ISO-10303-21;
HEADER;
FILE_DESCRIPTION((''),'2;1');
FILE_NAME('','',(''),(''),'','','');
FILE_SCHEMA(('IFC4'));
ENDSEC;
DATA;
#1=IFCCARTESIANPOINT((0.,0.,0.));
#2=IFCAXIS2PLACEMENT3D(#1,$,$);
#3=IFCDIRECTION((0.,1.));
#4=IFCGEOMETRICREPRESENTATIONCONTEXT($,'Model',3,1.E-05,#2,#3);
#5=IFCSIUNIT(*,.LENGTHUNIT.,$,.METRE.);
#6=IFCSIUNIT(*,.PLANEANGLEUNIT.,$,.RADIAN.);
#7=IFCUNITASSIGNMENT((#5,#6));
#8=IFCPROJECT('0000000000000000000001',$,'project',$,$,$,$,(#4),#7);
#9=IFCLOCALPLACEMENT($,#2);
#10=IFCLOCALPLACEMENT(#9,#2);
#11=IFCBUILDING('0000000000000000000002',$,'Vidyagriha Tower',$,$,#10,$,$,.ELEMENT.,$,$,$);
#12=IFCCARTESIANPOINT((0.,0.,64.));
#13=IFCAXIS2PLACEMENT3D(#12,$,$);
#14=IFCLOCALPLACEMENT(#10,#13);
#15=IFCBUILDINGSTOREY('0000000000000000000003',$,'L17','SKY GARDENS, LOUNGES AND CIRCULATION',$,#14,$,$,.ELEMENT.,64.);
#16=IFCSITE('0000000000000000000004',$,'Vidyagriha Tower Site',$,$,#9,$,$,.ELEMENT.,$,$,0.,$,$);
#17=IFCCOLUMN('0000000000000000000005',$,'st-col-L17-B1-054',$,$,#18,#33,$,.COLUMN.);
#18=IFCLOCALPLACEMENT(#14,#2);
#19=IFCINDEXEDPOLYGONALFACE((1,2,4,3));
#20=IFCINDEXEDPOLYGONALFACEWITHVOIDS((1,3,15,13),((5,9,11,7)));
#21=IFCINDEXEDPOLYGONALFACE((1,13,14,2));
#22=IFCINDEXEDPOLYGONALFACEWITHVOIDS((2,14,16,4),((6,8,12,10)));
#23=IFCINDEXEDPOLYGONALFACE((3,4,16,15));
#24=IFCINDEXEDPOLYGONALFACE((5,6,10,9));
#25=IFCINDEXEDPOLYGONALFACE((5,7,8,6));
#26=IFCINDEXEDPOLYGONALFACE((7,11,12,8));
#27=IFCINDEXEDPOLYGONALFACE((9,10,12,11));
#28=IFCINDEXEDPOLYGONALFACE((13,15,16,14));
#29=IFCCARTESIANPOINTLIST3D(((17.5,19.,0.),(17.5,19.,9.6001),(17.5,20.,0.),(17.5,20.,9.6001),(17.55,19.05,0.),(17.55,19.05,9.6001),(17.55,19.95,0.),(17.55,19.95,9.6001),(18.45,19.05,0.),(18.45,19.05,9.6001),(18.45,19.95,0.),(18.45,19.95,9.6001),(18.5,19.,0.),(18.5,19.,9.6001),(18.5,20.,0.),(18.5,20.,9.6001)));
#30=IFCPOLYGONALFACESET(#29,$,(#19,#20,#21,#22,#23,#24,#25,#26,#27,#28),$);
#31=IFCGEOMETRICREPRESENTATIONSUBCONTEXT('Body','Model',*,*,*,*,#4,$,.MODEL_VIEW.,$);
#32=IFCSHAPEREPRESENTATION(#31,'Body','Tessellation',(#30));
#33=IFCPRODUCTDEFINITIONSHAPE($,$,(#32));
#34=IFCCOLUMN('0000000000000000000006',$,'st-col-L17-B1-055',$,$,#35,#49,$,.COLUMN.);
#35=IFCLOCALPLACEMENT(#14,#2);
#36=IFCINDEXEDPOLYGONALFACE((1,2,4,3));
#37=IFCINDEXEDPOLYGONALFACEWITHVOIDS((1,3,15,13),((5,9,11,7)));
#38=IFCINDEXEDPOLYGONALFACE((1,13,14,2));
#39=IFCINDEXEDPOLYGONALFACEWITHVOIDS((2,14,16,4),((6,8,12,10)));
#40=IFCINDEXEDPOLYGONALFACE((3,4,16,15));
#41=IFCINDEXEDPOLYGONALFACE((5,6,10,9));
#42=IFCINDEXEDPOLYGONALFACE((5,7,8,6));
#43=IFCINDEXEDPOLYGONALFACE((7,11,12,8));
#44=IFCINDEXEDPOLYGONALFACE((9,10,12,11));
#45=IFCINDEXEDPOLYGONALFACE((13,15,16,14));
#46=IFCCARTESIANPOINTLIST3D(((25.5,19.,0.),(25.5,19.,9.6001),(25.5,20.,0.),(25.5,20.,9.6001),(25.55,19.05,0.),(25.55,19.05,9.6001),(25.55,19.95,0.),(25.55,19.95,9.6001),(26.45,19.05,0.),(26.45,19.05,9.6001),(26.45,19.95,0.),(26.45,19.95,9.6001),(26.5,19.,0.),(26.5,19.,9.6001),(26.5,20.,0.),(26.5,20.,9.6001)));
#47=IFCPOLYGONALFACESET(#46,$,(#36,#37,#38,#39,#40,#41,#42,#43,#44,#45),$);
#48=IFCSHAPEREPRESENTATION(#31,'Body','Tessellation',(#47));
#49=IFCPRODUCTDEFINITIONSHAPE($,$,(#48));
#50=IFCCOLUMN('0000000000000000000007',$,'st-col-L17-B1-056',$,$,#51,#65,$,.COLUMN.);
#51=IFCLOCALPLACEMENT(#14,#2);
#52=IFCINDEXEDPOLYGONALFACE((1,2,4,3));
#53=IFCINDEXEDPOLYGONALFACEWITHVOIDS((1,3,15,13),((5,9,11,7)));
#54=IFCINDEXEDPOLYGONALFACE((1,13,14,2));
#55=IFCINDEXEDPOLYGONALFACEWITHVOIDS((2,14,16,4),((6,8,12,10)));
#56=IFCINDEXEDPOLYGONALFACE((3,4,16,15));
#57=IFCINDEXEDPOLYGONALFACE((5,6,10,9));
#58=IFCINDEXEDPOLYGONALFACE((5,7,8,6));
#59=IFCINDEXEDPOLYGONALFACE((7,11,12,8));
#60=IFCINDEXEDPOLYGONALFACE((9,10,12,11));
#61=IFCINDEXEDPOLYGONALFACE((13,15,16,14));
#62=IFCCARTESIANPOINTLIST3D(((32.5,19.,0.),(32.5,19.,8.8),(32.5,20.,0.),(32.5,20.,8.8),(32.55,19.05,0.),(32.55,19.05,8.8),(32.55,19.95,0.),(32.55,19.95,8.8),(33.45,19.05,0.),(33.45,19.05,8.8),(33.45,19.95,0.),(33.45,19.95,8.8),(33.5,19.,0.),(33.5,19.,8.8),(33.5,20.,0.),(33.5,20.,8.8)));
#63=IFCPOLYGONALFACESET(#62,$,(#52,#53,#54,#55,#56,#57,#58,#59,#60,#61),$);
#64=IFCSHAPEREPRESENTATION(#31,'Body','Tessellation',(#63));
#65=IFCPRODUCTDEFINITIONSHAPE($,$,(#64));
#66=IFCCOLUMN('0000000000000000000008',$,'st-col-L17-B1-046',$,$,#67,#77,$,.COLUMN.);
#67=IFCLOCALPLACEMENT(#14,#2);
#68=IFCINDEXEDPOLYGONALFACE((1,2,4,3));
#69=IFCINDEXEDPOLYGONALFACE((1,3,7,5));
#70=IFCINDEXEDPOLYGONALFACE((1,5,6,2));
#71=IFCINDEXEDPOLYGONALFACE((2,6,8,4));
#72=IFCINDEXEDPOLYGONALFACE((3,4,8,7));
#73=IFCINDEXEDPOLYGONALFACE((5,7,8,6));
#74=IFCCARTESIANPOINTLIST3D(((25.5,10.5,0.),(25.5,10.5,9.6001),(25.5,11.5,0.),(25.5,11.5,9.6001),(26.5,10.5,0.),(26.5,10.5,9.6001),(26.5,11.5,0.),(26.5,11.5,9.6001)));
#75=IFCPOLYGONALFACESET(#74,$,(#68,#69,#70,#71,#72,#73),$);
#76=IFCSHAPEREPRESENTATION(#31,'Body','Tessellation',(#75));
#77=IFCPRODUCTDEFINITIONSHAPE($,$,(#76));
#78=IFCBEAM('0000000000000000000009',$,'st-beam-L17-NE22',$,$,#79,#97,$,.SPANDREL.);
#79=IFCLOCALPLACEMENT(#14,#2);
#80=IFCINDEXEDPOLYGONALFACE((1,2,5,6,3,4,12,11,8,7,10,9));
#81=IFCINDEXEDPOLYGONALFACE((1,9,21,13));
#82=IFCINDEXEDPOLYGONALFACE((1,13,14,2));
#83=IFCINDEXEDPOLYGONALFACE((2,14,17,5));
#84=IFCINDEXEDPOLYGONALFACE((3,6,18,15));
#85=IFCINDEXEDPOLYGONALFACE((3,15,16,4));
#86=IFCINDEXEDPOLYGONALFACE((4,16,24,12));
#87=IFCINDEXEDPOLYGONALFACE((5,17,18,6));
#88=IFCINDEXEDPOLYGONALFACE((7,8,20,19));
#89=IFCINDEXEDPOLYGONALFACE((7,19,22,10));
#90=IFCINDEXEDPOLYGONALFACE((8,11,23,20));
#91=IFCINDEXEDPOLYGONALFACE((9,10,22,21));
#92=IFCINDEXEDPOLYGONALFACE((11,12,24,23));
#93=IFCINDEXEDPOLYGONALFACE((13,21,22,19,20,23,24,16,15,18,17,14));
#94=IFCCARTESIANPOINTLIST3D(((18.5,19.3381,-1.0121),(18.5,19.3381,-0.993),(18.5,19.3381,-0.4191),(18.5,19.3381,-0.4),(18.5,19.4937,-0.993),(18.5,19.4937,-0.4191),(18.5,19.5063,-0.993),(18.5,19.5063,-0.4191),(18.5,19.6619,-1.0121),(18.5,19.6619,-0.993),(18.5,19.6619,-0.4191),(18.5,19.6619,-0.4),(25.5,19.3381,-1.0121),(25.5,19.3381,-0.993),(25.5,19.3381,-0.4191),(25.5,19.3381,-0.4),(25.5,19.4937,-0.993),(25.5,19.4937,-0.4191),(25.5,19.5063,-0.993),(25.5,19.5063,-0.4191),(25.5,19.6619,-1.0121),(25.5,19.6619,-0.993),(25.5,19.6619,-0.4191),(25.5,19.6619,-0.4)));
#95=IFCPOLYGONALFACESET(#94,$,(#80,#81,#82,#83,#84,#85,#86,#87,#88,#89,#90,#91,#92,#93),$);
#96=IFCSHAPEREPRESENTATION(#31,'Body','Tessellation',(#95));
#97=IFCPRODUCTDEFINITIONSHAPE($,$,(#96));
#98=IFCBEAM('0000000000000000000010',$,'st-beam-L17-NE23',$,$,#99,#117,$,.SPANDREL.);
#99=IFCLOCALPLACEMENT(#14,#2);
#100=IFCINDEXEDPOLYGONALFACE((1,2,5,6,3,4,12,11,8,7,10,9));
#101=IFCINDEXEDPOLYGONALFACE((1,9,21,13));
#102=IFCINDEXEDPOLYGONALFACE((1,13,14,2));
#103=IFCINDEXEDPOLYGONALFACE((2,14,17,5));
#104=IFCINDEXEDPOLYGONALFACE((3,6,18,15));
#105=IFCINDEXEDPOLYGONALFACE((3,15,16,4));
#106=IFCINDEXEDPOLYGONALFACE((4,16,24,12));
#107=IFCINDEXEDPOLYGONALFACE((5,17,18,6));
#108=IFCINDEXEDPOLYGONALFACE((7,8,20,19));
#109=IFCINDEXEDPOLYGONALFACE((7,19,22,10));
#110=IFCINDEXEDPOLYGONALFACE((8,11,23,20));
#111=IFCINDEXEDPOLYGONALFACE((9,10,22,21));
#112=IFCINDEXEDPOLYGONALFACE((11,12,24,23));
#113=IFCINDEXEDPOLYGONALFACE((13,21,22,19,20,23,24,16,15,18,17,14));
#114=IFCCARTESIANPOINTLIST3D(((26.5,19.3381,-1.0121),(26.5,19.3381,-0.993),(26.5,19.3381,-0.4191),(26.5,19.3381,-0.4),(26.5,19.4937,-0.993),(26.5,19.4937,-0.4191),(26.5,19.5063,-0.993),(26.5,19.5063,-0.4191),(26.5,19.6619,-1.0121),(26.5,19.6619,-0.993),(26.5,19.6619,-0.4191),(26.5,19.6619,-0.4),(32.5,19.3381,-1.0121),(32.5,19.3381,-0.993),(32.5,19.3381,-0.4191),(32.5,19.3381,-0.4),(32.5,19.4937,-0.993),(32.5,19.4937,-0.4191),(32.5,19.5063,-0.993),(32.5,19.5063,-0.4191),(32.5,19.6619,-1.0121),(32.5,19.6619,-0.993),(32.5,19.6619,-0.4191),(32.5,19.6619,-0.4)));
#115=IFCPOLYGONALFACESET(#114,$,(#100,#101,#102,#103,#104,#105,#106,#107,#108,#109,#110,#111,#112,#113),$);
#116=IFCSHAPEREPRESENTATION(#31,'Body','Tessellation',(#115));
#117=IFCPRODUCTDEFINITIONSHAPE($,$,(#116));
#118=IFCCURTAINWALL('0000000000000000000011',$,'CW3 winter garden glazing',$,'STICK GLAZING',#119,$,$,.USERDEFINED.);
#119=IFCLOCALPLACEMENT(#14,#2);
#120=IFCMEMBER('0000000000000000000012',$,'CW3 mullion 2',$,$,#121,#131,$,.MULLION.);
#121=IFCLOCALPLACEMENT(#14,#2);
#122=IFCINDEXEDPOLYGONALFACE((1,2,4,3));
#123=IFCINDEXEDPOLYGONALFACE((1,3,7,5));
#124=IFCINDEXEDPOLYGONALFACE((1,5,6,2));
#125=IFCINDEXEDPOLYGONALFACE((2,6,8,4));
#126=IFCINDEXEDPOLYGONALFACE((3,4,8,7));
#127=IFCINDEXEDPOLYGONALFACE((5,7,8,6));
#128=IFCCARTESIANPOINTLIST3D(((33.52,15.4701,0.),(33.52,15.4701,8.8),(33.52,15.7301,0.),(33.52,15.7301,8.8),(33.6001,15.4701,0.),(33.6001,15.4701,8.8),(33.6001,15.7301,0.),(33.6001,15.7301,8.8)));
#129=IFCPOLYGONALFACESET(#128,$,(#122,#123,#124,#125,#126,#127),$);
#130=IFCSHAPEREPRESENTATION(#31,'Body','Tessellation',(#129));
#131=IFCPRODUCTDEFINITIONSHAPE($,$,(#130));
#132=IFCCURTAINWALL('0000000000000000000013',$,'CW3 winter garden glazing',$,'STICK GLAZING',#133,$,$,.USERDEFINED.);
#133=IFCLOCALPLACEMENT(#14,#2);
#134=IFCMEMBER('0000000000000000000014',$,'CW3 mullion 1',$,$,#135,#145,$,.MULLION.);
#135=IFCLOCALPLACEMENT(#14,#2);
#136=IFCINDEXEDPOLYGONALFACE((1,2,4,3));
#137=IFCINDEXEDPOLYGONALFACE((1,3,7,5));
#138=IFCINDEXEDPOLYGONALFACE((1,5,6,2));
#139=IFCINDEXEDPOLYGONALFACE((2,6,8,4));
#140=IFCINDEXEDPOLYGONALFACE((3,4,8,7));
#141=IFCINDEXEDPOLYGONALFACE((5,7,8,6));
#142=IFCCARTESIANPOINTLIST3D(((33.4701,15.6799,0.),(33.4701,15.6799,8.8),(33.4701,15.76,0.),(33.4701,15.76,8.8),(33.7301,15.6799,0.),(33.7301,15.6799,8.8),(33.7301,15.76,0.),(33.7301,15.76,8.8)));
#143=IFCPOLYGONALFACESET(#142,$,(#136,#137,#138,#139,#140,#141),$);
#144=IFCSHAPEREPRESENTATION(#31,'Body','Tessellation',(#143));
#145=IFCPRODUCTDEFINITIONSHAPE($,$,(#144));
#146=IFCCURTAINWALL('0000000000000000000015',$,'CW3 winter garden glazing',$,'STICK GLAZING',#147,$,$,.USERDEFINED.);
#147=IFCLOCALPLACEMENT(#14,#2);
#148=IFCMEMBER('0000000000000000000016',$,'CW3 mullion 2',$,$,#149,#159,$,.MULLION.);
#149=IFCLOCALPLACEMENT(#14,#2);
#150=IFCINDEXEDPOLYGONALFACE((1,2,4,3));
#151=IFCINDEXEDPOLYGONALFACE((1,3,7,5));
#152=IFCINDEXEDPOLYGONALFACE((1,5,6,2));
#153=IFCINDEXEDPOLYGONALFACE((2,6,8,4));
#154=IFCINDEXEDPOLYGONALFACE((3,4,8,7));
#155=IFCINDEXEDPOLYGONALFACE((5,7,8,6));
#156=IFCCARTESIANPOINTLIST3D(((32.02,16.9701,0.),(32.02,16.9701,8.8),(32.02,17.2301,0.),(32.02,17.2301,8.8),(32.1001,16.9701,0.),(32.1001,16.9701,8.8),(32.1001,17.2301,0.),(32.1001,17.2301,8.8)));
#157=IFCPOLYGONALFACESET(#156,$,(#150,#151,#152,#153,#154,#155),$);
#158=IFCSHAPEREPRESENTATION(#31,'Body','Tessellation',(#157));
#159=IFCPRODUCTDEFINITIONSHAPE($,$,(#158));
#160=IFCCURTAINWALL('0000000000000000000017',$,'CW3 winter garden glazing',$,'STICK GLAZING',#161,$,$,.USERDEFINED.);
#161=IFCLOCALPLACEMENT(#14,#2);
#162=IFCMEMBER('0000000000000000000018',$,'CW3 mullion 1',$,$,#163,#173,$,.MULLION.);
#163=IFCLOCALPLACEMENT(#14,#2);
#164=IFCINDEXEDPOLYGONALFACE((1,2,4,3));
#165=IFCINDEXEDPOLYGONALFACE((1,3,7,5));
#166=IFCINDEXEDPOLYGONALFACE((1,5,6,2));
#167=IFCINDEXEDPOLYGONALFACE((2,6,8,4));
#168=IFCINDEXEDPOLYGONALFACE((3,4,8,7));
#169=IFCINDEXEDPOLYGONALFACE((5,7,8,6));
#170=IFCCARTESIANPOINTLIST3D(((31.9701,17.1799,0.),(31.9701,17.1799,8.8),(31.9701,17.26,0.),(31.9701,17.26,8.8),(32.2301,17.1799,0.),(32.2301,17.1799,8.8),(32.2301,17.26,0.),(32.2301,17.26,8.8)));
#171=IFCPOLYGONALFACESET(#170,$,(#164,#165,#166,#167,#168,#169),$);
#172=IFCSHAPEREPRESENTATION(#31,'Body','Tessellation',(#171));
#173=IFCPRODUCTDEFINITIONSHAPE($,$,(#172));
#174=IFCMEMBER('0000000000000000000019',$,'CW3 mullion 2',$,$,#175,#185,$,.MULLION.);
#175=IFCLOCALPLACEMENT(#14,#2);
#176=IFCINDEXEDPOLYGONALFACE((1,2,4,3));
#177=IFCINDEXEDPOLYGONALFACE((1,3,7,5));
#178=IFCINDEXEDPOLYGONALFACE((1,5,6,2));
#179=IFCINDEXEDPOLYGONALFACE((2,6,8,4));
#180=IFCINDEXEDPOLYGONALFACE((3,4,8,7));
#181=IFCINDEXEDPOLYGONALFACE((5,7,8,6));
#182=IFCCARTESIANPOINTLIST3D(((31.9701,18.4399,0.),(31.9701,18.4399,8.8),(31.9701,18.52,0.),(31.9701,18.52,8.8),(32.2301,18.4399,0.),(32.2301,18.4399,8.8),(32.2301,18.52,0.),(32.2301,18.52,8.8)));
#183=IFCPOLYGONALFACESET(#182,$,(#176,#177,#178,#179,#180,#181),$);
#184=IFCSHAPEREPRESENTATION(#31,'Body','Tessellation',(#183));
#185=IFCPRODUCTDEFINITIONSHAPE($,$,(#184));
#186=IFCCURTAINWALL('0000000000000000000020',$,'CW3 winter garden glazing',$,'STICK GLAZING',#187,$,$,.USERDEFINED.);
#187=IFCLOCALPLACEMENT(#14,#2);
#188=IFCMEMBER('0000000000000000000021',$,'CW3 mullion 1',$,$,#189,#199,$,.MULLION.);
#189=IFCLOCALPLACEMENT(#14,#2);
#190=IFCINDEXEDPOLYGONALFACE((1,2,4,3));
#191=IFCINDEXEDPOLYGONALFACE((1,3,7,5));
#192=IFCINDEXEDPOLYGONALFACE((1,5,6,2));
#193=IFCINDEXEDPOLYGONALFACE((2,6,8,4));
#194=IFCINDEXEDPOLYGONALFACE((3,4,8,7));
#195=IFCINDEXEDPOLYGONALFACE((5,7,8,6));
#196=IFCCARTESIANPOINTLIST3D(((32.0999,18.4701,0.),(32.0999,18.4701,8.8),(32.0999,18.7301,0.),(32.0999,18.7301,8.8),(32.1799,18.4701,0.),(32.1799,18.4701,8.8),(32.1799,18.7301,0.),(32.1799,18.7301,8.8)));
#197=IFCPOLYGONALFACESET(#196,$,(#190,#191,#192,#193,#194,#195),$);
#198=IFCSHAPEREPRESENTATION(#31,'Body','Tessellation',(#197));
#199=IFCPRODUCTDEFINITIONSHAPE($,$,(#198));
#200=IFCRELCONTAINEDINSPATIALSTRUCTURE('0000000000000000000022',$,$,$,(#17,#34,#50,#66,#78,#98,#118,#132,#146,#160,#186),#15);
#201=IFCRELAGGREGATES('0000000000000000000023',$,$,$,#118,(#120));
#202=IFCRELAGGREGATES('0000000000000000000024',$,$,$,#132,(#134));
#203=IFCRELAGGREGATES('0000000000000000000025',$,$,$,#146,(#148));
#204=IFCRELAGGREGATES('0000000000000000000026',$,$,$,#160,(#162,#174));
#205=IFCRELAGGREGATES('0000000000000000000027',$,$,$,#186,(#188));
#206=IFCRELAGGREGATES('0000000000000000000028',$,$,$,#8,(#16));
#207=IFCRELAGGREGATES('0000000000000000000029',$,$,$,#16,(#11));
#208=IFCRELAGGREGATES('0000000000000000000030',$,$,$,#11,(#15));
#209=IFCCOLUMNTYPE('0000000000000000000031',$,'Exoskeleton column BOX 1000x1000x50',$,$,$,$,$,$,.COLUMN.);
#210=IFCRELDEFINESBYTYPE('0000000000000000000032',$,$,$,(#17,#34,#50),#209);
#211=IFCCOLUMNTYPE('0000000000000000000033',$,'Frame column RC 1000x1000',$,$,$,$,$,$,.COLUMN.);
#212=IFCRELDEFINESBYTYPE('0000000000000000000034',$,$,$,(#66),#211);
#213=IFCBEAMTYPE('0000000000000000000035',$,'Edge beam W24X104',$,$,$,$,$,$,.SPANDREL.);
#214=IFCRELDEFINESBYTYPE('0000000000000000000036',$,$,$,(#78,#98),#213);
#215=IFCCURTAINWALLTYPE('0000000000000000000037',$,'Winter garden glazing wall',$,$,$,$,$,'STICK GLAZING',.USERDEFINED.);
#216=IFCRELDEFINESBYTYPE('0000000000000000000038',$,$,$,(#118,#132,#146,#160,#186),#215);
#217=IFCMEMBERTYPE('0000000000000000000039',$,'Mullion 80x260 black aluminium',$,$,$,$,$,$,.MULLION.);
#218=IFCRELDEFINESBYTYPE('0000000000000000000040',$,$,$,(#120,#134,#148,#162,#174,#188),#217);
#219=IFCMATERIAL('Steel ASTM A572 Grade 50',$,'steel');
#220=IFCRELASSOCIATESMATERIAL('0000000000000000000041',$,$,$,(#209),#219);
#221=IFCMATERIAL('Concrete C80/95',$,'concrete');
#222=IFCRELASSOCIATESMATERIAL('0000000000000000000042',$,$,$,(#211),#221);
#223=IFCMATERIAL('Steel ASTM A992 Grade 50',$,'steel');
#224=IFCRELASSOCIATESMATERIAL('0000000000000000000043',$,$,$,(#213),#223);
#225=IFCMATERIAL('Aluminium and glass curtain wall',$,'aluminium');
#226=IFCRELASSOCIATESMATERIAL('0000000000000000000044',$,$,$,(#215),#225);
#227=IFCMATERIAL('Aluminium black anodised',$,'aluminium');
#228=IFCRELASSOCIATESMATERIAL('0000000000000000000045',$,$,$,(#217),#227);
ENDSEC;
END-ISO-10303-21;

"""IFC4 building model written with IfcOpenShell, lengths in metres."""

from ifc_helpers import new_model, si_unit, direction, frame, origin, origin_2d, place, context, subcontext, project, spatial, rectangle, hollow_rectangle, i_section, extrude, material, material_profile, profile_set, type_object, element, aggregate, save


model = new_model("IFC4")

# Units and contexts
model_context = context("Model", 3, precision=1e-05, world=origin(), true_north=direction((0.0, 1.0)))
body_context = subcontext(model_context, "Body", "Model", "MODEL_VIEW")
ifc_project = project(units=[si_unit("LENGTHUNIT", "METRE"), si_unit("PLANEANGLEUNIT", "RADIAN")], contexts=[model_context])

# Site, building, storey
site_placement = place(None, origin())
site = spatial("IfcSite", under=ifc_project, at=site_placement, Name="Vidyagriha Tower Site", CompositionType="ELEMENT", RefElevation=0.0)
building_placement = place(site_placement, origin())
building = spatial("IfcBuilding", under=site, at=building_placement, Name="Vidyagriha Tower", CompositionType="ELEMENT")
storey_placement = place(building_placement, frame((0.0, 0.0, 64.0)))
storey = spatial("IfcBuildingStorey", under=building, at=storey_placement, Name="L17", Description="SKY GARDENS, LOUNGES AND CIRCULATION", CompositionType="ELEMENT", Elevation=64.0)

# Columns
ifc_material_1 = material(Name="Steel ASTM A572 Grade 50", Category="steel")
ifc_material_profile_1 = material_profile(ifc_material_1, hollow_rectangle(XDim=1.0, YDim=1.0, WallThickness=0.05, at=origin_2d()), Name="BOX 1000x1000x50")
ifc_profile_set_1 = profile_set([ifc_material_profile_1], Name="Steel ASTM A572 Grade 50")
column_type_1 = type_object("IfcColumnType", Name="Exoskeleton column BOX 1000x1000x50", PredefinedType="COLUMN", material=ifc_profile_set_1)
for number, where, name in (
    (1, (18.0, 19.5, 0.0), "st-col-L17-B1-054"),
    (2, (26.0, 19.5, 0.0), "st-col-L17-B1-055"),
):
    element("IfcColumn", number, at=place(storey_placement, frame(where)), inside=storey, type_object=column_type_1, Name=name, PredefinedType="COLUMN", context=body_context, shape_type="SweptSolid", body=[
        extrude(hollow_rectangle(XDim=1.0, YDim=1.0, WallThickness=0.05, at=origin_2d()), origin(), (0.0, 0.0, 1.0), 9.6001),
    ])
column_1_placement = place(storey_placement, frame((33.0, 19.5, 0.0)))
element("IfcColumn", 3, at=column_1_placement, inside=storey, type_object=column_type_1, Name="st-col-L17-B1-056", PredefinedType="COLUMN", context=body_context, shape_type="SweptSolid", body=[
    extrude(hollow_rectangle(XDim=1.0, YDim=1.0, WallThickness=0.05, at=origin_2d()), origin(), (0.0, 0.0, 1.0), 8.8),
])
ifc_material_2 = material(Name="Concrete C80/95", Category="concrete")
ifc_material_profile_2 = material_profile(ifc_material_2, rectangle(XDim=1.0, YDim=1.0, at=origin_2d()), Name="RC 1000x1000")
ifc_profile_set_2 = profile_set([ifc_material_profile_2], Name="Concrete C80/95")
column_type_2 = type_object("IfcColumnType", Name="Frame column RC 1000x1000", PredefinedType="COLUMN", material=ifc_profile_set_2)
column_2_placement = place(storey_placement, frame((26.0, 11.0, 0.0)))
element("IfcColumn", 4, at=column_2_placement, inside=storey, type_object=column_type_2, Name="st-col-L17-B1-046", PredefinedType="COLUMN", context=body_context, shape_type="SweptSolid", body=[
    extrude(rectangle(XDim=1.0, YDim=1.0, at=origin_2d()), origin(), (0.0, 0.0, 1.0), 9.6001),
])

# Beams
ifc_material_3 = material(Name="Steel ASTM A992 Grade 50", Category="steel")
ifc_material_profile_3 = material_profile(ifc_material_3, i_section(OverallWidth=0.3237, OverallDepth=0.6121, WebThickness=0.0127, FlangeThickness=0.019, at=origin_2d()), Name="W24X104")
ifc_profile_set_3 = profile_set([ifc_material_profile_3], Name="Steel ASTM A992 Grade 50")
beam_type = type_object("IfcBeamType", Name="Edge beam W24X104", PredefinedType="SPANDREL", material=ifc_profile_set_3)
beam_1_placement = place(storey_placement, frame((18.5, 19.5, -0.7061), z_axis=(1.0, 0.0, 0.0), x_axis=(0.0, 1.0, 0.0)))
element("IfcBeam", 5, at=beam_1_placement, inside=storey, type_object=beam_type, Name="st-beam-L17-NE22", PredefinedType="SPANDREL", context=body_context, shape_type="SweptSolid", body=[
    extrude(i_section(OverallWidth=0.3237, OverallDepth=0.6121, WebThickness=0.0127, FlangeThickness=0.019, at=origin_2d()), origin(), (0.0, 0.0, 1.0), 7.0),
])
beam_2_placement = place(storey_placement, frame((26.5, 19.5, -0.7061), z_axis=(1.0, 0.0, 0.0), x_axis=(0.0, 1.0, 0.0)))
element("IfcBeam", 6, at=beam_2_placement, inside=storey, type_object=beam_type, Name="st-beam-L17-NE23", PredefinedType="SPANDREL", context=body_context, shape_type="SweptSolid", body=[
    extrude(i_section(OverallWidth=0.3237, OverallDepth=0.6121, WebThickness=0.0127, FlangeThickness=0.019, at=origin_2d()), origin(), (0.0, 0.0, 1.0), 6.0),
])

# Curtain walls, members
ifc_material_4 = material(Name="Aluminium and glass curtain wall", Category="aluminium")
curtain_wall_type = type_object("IfcCurtainWallType", Name="Winter garden glazing wall", ElementType="STICK GLAZING", PredefinedType="USERDEFINED", material=ifc_material_4)
curtain_wall_1_placement = place(storey_placement, origin())
curtain_wall_1 = element("IfcCurtainWall", 7, at=curtain_wall_1_placement, inside=storey, type_object=curtain_wall_type, Name="CW3 winter garden glazing", ObjectType="STICK GLAZING", PredefinedType="USERDEFINED")
ifc_material_5 = material(Name="Aluminium black anodised", Category="aluminium")
ifc_material_profile_4 = material_profile(ifc_material_5, rectangle(XDim=0.26, YDim=0.0801, at=origin_2d()), Name="Mullion 80x260 black aluminium")
ifc_profile_set_4 = profile_set([ifc_material_profile_4], Name="Aluminium black anodised")
member_type_1 = type_object("IfcMemberType", Name="Mullion 80x260 black aluminium", PredefinedType="MULLION", material=ifc_profile_set_4)
member_1_placement = place(storey_placement, frame((33.5601, 15.6001, 0.0), z_axis=(0.0, 0.0, 1.0), x_axis=(0.0, -1.0, 0.0)))
member_1 = element("IfcMember", 8, at=member_1_placement, type_object=member_type_1, Name="CW3 mullion 2", PredefinedType="MULLION", context=body_context, shape_type="SweptSolid", body=[
    extrude(rectangle(XDim=0.26, YDim=0.0801, at=origin_2d()), origin(), (0.0, 0.0, 1.0), 8.8),
])
aggregate(curtain_wall_1, [member_1])
curtain_wall_2_placement = place(storey_placement, origin())
curtain_wall_2 = element("IfcCurtainWall", 9, at=curtain_wall_2_placement, inside=storey, type_object=curtain_wall_type, Name="CW3 winter garden glazing", ObjectType="STICK GLAZING", PredefinedType="USERDEFINED")
member_2_placement = place(storey_placement, frame((33.6001, 15.72, 0.0), z_axis=(0.0, 0.0, 1.0), x_axis=(-1.0, 0.0, 0.0)))
member_2 = element("IfcMember", 10, at=member_2_placement, type_object=member_type_1, Name="CW3 mullion 1", PredefinedType="MULLION", context=body_context, shape_type="SweptSolid", body=[
    extrude(rectangle(XDim=0.26, YDim=0.0801, at=origin_2d()), origin(), (0.0, 0.0, 1.0), 8.8),
])
aggregate(curtain_wall_2, [member_2])
curtain_wall_3_placement = place(storey_placement, origin())
curtain_wall_3 = element("IfcCurtainWall", 11, at=curtain_wall_3_placement, inside=storey, type_object=curtain_wall_type, Name="CW3 winter garden glazing", ObjectType="STICK GLAZING", PredefinedType="USERDEFINED")
member_3_placement = place(storey_placement, frame((32.0601, 17.1001, 0.0), z_axis=(0.0, 0.0, 1.0), x_axis=(0.0, -1.0, 0.0)))
member_3 = element("IfcMember", 12, at=member_3_placement, type_object=member_type_1, Name="CW3 mullion 2", PredefinedType="MULLION", context=body_context, shape_type="SweptSolid", body=[
    extrude(rectangle(XDim=0.26, YDim=0.0801, at=origin_2d()), origin(), (0.0, 0.0, 1.0), 8.8),
])

# Curtain walls, members
curtain_wall_4_placement = place(storey_placement, origin())
curtain_wall_4 = element("IfcCurtainWall", 13, at=curtain_wall_4_placement, inside=storey, type_object=curtain_wall_type, Name="CW3 winter garden glazing", ObjectType="STICK GLAZING", PredefinedType="USERDEFINED")
member_4_placement = place(storey_placement, frame((32.1001, 17.22, 0.0), z_axis=(0.0, 0.0, 1.0), x_axis=(-1.0, 0.0, 0.0)))
member_4 = element("IfcMember", 14, at=member_4_placement, type_object=member_type_1, Name="CW3 mullion 1", PredefinedType="MULLION", context=body_context, shape_type="SweptSolid", body=[
    extrude(rectangle(XDim=0.26, YDim=0.0801, at=origin_2d()), origin(), (0.0, 0.0, 1.0), 8.8),
])
member_5_placement = place(storey_placement, frame((32.1001, 18.48, 0.0), z_axis=(0.0, 0.0, 1.0), x_axis=(-1.0, 0.0, 0.0)))
member_5 = element("IfcMember", 15, at=member_5_placement, type_object=member_type_1, Name="CW3 mullion 2", PredefinedType="MULLION", context=body_context, shape_type="SweptSolid", body=[
    extrude(rectangle(XDim=0.26, YDim=0.0801, at=origin_2d()), origin(), (0.0, 0.0, 1.0), 8.8),
])
curtain_wall_5_placement = place(storey_placement, origin())
curtain_wall_5 = element("IfcCurtainWall", 16, at=curtain_wall_5_placement, inside=storey, type_object=curtain_wall_type, Name="CW3 winter garden glazing", ObjectType="STICK GLAZING", PredefinedType="USERDEFINED")
member_6_placement = place(storey_placement, frame((32.1399, 18.6001, 0.0), z_axis=(0.0, 0.0, 1.0), x_axis=(0.0, -1.0, 0.0)))
member_6 = element("IfcMember", 17, at=member_6_placement, type_object=member_type_1, Name="CW3 mullion 1", PredefinedType="MULLION", context=body_context, shape_type="SweptSolid", body=[
    extrude(rectangle(XDim=0.26, YDim=0.0801, at=origin_2d()), origin(), (0.0, 0.0, 1.0), 8.8),
])

aggregate(curtain_wall_3, [member_3])
aggregate(curtain_wall_4, [member_4, member_5])
aggregate(curtain_wall_5, [member_6])

save(model, "model.ifc")
